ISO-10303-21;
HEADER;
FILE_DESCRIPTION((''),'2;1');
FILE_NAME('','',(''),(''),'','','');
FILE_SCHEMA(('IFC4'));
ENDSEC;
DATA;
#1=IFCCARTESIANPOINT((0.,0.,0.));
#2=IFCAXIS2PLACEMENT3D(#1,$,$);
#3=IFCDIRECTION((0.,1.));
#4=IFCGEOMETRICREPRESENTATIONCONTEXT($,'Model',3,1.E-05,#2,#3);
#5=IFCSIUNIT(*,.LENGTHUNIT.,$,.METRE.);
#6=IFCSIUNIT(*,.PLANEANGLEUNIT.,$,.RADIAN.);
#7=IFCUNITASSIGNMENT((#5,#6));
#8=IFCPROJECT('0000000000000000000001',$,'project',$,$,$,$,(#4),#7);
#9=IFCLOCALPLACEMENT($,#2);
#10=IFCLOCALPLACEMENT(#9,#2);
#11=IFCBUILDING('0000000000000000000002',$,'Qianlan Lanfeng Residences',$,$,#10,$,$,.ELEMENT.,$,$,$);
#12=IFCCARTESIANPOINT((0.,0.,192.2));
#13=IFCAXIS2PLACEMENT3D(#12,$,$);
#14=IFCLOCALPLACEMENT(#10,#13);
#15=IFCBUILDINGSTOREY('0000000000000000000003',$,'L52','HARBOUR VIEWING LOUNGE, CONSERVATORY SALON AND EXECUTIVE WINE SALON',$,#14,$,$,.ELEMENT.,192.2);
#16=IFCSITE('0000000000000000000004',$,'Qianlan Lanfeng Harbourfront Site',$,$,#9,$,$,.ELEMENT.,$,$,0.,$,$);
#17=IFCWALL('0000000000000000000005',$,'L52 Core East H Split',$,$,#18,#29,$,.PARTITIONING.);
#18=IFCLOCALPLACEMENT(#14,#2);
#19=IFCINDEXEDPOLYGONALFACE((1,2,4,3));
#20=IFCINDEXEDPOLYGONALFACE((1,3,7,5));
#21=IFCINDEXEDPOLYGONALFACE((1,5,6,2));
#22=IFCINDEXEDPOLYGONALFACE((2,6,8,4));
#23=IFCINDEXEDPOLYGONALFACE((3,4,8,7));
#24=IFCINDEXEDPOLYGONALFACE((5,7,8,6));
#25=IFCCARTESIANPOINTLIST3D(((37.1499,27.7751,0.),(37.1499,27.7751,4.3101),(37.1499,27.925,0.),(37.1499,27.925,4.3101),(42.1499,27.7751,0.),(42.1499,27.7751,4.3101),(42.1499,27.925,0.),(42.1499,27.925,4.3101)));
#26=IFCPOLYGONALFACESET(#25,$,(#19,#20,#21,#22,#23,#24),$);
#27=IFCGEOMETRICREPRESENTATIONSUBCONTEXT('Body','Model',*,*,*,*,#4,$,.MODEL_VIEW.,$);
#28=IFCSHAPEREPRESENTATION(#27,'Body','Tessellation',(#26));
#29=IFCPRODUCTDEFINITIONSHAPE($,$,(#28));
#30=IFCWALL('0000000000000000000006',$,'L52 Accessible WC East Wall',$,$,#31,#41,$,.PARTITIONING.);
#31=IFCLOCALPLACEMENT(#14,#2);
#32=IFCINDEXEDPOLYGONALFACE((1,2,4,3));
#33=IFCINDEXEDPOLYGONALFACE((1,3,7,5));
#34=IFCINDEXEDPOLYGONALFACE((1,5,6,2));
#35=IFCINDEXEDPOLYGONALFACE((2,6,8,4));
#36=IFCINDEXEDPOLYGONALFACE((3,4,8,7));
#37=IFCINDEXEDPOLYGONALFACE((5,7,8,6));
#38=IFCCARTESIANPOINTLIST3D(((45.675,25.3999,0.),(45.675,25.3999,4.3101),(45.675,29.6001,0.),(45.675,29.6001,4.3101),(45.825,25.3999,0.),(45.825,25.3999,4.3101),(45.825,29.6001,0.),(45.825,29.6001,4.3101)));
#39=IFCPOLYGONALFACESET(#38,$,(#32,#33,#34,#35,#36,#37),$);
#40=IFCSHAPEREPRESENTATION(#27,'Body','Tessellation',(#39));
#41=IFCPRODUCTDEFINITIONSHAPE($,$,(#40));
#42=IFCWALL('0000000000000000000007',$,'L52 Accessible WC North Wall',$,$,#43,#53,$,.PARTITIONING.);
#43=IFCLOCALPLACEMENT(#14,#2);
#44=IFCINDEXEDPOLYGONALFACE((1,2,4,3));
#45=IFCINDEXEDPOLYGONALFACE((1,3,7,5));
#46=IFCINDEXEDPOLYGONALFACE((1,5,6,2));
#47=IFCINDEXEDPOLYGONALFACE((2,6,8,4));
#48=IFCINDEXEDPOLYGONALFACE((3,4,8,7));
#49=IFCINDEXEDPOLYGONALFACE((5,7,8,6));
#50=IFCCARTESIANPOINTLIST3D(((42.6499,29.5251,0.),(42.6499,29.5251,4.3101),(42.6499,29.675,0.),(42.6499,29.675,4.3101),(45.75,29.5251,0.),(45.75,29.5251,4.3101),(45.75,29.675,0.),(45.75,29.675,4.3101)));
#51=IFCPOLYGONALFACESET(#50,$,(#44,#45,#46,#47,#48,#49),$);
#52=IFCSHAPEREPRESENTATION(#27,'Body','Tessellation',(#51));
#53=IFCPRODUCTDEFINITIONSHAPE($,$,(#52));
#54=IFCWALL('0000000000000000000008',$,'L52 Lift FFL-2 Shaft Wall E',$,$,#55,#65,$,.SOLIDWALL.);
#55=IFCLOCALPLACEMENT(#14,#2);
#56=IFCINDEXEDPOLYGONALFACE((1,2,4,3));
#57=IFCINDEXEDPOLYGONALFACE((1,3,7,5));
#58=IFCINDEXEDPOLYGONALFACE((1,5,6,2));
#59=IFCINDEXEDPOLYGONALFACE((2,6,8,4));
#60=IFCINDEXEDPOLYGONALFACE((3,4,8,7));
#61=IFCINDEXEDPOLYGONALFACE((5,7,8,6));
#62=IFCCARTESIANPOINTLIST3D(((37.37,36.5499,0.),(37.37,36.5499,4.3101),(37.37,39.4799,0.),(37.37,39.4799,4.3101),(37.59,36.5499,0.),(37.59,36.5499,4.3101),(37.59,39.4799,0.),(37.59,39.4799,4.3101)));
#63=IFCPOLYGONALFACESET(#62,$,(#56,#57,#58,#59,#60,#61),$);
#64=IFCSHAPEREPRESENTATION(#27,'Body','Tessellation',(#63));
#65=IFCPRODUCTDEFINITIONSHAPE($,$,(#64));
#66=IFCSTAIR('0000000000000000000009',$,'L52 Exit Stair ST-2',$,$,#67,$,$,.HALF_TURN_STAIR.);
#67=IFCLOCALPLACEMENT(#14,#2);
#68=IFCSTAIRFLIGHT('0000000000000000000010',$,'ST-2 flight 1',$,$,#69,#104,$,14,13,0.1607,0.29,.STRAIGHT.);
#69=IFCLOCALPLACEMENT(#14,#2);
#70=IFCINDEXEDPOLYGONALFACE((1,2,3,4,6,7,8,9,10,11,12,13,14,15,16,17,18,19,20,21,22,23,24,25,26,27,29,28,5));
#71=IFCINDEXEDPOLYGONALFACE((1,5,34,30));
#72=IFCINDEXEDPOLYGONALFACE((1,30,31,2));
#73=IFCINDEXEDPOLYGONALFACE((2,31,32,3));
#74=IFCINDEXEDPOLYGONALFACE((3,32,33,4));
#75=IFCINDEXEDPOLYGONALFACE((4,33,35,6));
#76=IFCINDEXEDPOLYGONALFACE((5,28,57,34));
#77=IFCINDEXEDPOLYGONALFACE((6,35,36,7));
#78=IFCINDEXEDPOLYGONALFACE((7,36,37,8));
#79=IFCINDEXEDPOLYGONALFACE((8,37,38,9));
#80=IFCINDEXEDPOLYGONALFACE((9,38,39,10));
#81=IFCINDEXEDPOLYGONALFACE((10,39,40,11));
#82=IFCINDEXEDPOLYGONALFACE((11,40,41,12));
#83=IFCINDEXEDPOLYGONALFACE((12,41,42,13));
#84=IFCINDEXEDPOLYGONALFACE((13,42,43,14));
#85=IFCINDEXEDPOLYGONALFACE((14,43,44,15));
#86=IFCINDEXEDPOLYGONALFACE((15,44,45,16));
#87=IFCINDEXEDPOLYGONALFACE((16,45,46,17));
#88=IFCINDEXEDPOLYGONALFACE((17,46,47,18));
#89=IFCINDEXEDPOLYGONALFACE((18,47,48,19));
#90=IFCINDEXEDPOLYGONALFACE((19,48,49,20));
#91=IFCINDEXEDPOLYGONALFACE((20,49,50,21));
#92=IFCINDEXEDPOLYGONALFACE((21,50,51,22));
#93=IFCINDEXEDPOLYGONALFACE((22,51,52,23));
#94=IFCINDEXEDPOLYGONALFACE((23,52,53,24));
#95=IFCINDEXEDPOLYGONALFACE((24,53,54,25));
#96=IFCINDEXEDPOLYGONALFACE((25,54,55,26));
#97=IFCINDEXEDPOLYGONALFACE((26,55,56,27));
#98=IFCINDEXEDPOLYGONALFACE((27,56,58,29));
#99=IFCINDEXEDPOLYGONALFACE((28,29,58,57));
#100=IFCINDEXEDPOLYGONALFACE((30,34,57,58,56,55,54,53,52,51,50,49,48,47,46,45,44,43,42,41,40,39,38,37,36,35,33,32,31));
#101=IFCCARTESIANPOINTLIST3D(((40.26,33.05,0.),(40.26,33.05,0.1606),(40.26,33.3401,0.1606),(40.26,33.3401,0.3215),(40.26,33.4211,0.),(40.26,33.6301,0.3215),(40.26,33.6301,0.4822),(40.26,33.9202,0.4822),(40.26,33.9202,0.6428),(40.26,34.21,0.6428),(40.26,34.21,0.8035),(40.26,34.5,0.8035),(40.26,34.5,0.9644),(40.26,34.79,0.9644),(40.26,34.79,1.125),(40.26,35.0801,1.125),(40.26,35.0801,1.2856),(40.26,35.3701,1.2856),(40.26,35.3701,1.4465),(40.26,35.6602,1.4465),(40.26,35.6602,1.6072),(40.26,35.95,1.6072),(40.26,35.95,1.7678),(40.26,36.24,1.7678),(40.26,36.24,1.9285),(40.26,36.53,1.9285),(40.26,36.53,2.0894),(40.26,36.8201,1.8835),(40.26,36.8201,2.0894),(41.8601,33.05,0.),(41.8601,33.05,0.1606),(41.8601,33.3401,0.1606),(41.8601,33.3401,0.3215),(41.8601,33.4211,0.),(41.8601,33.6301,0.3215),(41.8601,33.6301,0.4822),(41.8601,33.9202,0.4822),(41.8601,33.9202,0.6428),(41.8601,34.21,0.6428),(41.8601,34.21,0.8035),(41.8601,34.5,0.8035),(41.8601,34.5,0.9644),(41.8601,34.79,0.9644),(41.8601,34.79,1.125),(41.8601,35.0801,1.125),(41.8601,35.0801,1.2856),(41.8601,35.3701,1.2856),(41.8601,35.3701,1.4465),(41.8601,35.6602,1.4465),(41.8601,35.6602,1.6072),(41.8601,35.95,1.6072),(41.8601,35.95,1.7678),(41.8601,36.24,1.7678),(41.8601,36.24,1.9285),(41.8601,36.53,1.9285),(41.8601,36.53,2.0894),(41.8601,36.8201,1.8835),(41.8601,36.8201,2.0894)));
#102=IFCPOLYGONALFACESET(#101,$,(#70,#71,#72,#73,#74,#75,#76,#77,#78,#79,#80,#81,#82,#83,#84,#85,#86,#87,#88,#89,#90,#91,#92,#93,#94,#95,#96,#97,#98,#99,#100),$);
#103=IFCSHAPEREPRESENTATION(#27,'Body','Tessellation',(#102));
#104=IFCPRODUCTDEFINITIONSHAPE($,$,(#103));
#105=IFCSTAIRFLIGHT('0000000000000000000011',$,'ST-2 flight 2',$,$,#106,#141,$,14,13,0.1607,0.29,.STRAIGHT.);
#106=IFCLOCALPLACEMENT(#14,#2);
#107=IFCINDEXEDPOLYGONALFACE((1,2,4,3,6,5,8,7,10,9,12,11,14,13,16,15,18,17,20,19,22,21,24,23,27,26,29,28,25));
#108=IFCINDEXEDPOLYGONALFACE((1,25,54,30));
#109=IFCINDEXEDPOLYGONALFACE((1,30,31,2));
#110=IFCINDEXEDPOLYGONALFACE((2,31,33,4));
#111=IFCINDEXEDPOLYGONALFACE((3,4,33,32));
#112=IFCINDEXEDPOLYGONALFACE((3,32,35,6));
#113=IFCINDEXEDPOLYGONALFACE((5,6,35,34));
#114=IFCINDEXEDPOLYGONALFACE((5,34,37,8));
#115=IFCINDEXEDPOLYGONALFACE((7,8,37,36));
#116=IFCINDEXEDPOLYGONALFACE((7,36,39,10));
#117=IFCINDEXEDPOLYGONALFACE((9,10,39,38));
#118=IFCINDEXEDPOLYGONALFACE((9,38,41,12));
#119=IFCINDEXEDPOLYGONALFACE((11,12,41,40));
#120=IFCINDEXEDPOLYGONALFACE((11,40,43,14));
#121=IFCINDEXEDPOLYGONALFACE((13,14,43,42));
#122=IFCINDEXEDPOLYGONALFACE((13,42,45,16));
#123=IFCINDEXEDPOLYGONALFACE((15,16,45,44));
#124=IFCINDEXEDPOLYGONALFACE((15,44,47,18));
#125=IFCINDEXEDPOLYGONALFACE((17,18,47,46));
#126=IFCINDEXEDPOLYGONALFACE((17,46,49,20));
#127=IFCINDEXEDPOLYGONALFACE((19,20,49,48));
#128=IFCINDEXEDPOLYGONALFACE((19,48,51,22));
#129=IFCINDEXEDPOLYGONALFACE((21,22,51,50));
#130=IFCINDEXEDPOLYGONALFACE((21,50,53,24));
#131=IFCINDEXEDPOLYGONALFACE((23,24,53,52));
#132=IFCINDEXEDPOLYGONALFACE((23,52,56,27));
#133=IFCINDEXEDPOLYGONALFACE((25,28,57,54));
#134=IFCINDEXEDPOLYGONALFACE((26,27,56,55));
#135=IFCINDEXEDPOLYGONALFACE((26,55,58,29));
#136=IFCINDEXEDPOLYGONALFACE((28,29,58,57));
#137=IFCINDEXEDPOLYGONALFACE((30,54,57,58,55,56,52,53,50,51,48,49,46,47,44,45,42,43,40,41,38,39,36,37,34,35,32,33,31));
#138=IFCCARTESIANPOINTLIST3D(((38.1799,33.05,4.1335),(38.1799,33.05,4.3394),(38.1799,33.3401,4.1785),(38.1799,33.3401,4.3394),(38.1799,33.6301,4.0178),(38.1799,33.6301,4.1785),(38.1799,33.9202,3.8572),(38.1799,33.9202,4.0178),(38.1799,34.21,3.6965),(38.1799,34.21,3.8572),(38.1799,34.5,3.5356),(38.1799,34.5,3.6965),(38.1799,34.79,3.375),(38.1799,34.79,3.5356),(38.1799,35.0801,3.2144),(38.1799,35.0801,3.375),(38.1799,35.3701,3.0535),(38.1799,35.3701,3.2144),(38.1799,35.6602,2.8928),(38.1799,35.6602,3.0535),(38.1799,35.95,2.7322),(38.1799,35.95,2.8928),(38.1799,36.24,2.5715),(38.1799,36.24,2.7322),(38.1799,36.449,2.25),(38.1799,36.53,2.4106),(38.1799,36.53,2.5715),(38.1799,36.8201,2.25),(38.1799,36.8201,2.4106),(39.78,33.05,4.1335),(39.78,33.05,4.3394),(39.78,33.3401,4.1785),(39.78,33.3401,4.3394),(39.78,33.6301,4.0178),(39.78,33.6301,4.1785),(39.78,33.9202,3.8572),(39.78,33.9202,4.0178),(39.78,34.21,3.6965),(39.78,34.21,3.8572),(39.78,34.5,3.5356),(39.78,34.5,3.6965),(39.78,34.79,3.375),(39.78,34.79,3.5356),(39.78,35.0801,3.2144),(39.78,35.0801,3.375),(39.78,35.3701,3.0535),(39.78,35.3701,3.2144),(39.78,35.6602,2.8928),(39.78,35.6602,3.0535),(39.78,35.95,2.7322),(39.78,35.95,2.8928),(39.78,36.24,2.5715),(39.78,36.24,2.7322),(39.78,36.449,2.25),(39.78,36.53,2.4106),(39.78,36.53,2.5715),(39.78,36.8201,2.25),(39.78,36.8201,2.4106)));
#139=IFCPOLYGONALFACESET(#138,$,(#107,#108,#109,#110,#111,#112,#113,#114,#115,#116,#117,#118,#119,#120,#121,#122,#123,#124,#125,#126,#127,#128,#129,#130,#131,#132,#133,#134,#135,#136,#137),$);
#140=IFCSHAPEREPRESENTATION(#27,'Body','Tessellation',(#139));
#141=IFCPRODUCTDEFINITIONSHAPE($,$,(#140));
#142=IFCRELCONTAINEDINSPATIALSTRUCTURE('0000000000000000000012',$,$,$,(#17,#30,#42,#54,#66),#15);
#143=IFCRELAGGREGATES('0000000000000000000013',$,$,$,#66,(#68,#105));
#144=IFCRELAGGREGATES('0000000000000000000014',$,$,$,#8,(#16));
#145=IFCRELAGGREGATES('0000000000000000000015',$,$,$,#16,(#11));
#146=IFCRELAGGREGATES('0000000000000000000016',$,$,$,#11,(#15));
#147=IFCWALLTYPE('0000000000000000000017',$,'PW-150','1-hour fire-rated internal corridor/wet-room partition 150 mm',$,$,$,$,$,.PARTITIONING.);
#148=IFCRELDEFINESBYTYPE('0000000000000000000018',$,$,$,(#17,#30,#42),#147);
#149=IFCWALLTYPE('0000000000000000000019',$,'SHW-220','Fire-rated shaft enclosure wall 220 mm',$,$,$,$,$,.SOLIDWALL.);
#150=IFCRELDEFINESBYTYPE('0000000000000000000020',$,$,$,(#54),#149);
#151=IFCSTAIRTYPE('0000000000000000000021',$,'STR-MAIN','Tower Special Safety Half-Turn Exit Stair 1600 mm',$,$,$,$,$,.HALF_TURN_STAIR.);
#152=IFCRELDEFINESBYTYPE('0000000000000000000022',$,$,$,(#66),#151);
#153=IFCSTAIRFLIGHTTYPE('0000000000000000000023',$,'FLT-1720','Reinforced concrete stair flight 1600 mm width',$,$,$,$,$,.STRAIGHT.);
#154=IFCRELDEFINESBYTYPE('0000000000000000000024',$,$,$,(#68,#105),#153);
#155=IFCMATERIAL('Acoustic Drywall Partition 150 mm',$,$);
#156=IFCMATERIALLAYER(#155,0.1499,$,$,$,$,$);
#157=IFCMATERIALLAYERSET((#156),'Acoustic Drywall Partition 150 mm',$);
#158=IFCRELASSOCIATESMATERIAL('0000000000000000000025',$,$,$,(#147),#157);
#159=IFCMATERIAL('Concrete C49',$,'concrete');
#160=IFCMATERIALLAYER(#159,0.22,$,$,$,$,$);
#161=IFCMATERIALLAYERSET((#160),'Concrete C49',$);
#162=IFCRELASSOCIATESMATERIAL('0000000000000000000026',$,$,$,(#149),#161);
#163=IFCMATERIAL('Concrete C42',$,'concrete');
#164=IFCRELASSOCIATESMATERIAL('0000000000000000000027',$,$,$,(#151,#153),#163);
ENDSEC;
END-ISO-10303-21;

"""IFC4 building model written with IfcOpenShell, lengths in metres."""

from ifc_helpers import new_model, si_unit, direction, frame, frame_2d, origin, place, context, subcontext, project, spatial, polyline, rectangle, outline, extrude, material, layer, layer_set, type_object, element, aggregate, save


model = new_model("IFC4")

# Units and contexts
model_context = context("Model", 3, precision=1e-05, world=origin(), true_north=direction((0.0, 1.0)))
body_context = subcontext(model_context, "Body", "Model", "MODEL_VIEW")
ifc_project = project(units=[si_unit("LENGTHUNIT", "METRE"), si_unit("PLANEANGLEUNIT", "RADIAN")], contexts=[model_context])

# Site, building, storey
site_placement = place(None, origin())
site = spatial("IfcSite", under=ifc_project, at=site_placement, Name="Qianlan Lanfeng Harbourfront Site", CompositionType="ELEMENT", RefElevation=0.0)
building_placement = place(site_placement, origin())
building = spatial("IfcBuilding", under=site, at=building_placement, Name="Qianlan Lanfeng Residences", CompositionType="ELEMENT")
storey_placement = place(building_placement, frame((0.0, 0.0, 192.2)))
storey = spatial("IfcBuildingStorey", under=building, at=storey_placement, Name="L52", Description="HARBOUR VIEWING LOUNGE, CONSERVATORY SALON AND EXECUTIVE WINE SALON", CompositionType="ELEMENT", Elevation=192.2)

# Shared definitions
ifc_material_1 = material(Name="Concrete C49", Category="concrete")

# Wall
ifc_material_2 = material(Name="Concrete C42", Category="concrete")
ifc_material_3 = material(Name="Acoustic Drywall Partition 150 mm")
ifc_layer_1 = layer(ifc_material_3, 0.1499)
ifc_layer_set_1 = layer_set([ifc_layer_1], Name="Acoustic Drywall Partition 150 mm")
wall_type_1 = type_object("IfcWallType", Name="PW-150", Description="1-hour fire-rated internal corridor/wet-room partition 150 mm", PredefinedType="PARTITIONING", material=ifc_layer_set_1)
wall_1_placement = place(storey_placement, frame((37.1499, 27.8501, 0.0), z_axis=(0.0, 0.0, 1.0), x_axis=(1.0, 0.0, 0.0)))
element("IfcWall", 1, at=wall_1_placement, inside=storey, type_object=wall_type_1, Name="L52 Core East H Split", PredefinedType="PARTITIONING", context=body_context, shape_type="SweptSolid", body=[
    extrude(rectangle(XDim=5.0, YDim=0.1499, at=frame_2d((2.5, 0.0))), origin(), (0.0, 0.0, 1.0), 4.3101),
])

# Walls
wall_2_placement = place(storey_placement, frame((45.75, 25.3999, 0.0), z_axis=(0.0, 0.0, 1.0), x_axis=(0.0, 1.0, 0.0)))
element("IfcWall", 2, at=wall_2_placement, inside=storey, type_object=wall_type_1, Name="L52 Accessible WC East Wall", PredefinedType="PARTITIONING", context=body_context, shape_type="SweptSolid", body=[
    extrude(rectangle(XDim=4.2002, YDim=0.1499, at=frame_2d((2.1001, 0.0))), origin(), (0.0, 0.0, 1.0), 4.3101),
])
wall_3_placement = place(storey_placement, frame((42.6499, 29.6001, 0.0), z_axis=(0.0, 0.0, 1.0), x_axis=(1.0, 0.0, 0.0)))
element("IfcWall", 3, at=wall_3_placement, inside=storey, type_object=wall_type_1, Name="L52 Accessible WC North Wall", PredefinedType="PARTITIONING", context=body_context, shape_type="SweptSolid", body=[
    extrude(rectangle(XDim=3.1001, YDim=0.1499, at=frame_2d((1.55, 0.0))), origin(), (0.0, 0.0, 1.0), 4.3101),
])
ifc_layer_2 = layer(ifc_material_1, 0.22)
ifc_layer_set_2 = layer_set([ifc_layer_2], Name="Concrete C49")
wall_type_2 = type_object("IfcWallType", Name="SHW-220", Description="Fire-rated shaft enclosure wall 220 mm", PredefinedType="SOLIDWALL", material=ifc_layer_set_2)
wall_4_placement = place(storey_placement, frame((37.48, 36.55, 0.0), z_axis=(0.0, 0.0, 1.0), x_axis=(0.0, 1.0, 0.0)))
element("IfcWall", 4, at=wall_4_placement, inside=storey, type_object=wall_type_2, Name="L52 Lift FFL-2 Shaft Wall E", PredefinedType="SOLIDWALL", context=body_context, shape_type="SweptSolid", body=[
    extrude(rectangle(XDim=2.9299, YDim=0.22, at=frame_2d((1.4648, 0.0))), origin(), (0.0, 0.0, 1.0), 4.3101),
])

# Stair, stair flights
stair_type = type_object("IfcStairType", Name="STR-MAIN", Description="Tower Special Safety Half-Turn Exit Stair 1600 mm", PredefinedType="HALF_TURN_STAIR", material=ifc_material_2)
stair_placement = place(storey_placement, origin())
stair = element("IfcStair", 5, at=stair_placement, inside=storey, type_object=stair_type, Name="L52 Exit Stair ST-2", PredefinedType="HALF_TURN_STAIR")
stair_flight_type = type_object("IfcStairFlightType", Name="FLT-1720", Description="Reinforced concrete stair flight 1600 mm width", PredefinedType="STRAIGHT", material=ifc_material_2)
stair_flight_1_placement = place(storey_placement, frame((41.0601, 33.05, 0.0), z_axis=(0.0, 0.0, 1.0), x_axis=(0.0, 1.0, 0.0)))
stair_flight_1 = element("IfcStairFlight", 6, at=stair_flight_1_placement, type_object=stair_flight_type, Name="ST-2 flight 1", NumberOfRisers=14, NumberOfTreads=13, PredefinedType="STRAIGHT", RiserHeight=0.1607, TreadLength=0.29, context=body_context, shape_type="SweptSolid", body=[
    extrude(outline(polyline([(0.0, 0.0), (0.0, 0.1606), (0.29, 0.1606), (0.29, 0.3215), (0.5801, 0.3215), (0.5801, 0.4822), (0.8701, 0.4822), (0.8701, 0.6428), (1.1599, 0.6428), (1.1599, 0.8035), (1.45, 0.8035), (1.45, 0.9644), (1.74, 0.9644), (1.74, 1.125), (2.03, 1.125), (2.03, 1.2856), (2.3201, 1.2856), (2.3201, 1.4465), (2.6101, 1.4465), (2.6101, 1.6072), (2.8999, 1.6072), (2.8999, 1.7678), (3.1899, 1.7678), (3.1899, 1.9285), (3.48, 1.9285), (3.48, 2.0894), (3.77, 2.0894), (3.77, 2.25), (3.77, 1.8835), (0.3711, 0.0), (0.0, 0.0)])), frame((0.0, 0.8, 0.0), z_axis=(0.0, -1.0, 0.0), x_axis=(1.0, 0.0, 0.0)), (0.0, 0.0, 1.0), 1.6001),
])
stair_flight_2_placement = place(storey_placement, frame((38.98, 36.8201, 2.25), z_axis=(0.0, 0.0, 1.0), x_axis=(0.0, -1.0, 0.0)))
stair_flight_2 = element("IfcStairFlight", 7, at=stair_flight_2_placement, type_object=stair_flight_type, Name="ST-2 flight 2", NumberOfRisers=14, NumberOfTreads=13, PredefinedType="STRAIGHT", RiserHeight=0.1607, TreadLength=0.29, context=body_context, shape_type="SweptSolid", body=[
    extrude(outline(polyline([(0.0, 0.0), (0.0, 0.1606), (0.29, 0.1606), (0.29, 0.3215), (0.5801, 0.3215), (0.5801, 0.4822), (0.8701, 0.4822), (0.8701, 0.6428), (1.1599, 0.6428), (1.1599, 0.8035), (1.45, 0.8035), (1.45, 0.9644), (1.74, 0.9644), (1.74, 1.125), (2.03, 1.125), (2.03, 1.2856), (2.3201, 1.2856), (2.3201, 1.4465), (2.6101, 1.4465), (2.6101, 1.6072), (2.8999, 1.6072), (2.8999, 1.7678), (3.1899, 1.7678), (3.1899, 1.9285), (3.48, 1.9285), (3.48, 2.0894), (3.77, 2.0894), (3.77, 2.25), (3.77, 1.8835), (0.3711, 0.0), (0.0, 0.0)])), frame((0.0, 0.8, 0.0), z_axis=(0.0, -1.0, 0.0), x_axis=(1.0, 0.0, 0.0)), (0.0, 0.0, 1.0), 1.6001),
])
aggregate(stair, [stair_flight_1, stair_flight_2])

save(model, "model.ifc")
